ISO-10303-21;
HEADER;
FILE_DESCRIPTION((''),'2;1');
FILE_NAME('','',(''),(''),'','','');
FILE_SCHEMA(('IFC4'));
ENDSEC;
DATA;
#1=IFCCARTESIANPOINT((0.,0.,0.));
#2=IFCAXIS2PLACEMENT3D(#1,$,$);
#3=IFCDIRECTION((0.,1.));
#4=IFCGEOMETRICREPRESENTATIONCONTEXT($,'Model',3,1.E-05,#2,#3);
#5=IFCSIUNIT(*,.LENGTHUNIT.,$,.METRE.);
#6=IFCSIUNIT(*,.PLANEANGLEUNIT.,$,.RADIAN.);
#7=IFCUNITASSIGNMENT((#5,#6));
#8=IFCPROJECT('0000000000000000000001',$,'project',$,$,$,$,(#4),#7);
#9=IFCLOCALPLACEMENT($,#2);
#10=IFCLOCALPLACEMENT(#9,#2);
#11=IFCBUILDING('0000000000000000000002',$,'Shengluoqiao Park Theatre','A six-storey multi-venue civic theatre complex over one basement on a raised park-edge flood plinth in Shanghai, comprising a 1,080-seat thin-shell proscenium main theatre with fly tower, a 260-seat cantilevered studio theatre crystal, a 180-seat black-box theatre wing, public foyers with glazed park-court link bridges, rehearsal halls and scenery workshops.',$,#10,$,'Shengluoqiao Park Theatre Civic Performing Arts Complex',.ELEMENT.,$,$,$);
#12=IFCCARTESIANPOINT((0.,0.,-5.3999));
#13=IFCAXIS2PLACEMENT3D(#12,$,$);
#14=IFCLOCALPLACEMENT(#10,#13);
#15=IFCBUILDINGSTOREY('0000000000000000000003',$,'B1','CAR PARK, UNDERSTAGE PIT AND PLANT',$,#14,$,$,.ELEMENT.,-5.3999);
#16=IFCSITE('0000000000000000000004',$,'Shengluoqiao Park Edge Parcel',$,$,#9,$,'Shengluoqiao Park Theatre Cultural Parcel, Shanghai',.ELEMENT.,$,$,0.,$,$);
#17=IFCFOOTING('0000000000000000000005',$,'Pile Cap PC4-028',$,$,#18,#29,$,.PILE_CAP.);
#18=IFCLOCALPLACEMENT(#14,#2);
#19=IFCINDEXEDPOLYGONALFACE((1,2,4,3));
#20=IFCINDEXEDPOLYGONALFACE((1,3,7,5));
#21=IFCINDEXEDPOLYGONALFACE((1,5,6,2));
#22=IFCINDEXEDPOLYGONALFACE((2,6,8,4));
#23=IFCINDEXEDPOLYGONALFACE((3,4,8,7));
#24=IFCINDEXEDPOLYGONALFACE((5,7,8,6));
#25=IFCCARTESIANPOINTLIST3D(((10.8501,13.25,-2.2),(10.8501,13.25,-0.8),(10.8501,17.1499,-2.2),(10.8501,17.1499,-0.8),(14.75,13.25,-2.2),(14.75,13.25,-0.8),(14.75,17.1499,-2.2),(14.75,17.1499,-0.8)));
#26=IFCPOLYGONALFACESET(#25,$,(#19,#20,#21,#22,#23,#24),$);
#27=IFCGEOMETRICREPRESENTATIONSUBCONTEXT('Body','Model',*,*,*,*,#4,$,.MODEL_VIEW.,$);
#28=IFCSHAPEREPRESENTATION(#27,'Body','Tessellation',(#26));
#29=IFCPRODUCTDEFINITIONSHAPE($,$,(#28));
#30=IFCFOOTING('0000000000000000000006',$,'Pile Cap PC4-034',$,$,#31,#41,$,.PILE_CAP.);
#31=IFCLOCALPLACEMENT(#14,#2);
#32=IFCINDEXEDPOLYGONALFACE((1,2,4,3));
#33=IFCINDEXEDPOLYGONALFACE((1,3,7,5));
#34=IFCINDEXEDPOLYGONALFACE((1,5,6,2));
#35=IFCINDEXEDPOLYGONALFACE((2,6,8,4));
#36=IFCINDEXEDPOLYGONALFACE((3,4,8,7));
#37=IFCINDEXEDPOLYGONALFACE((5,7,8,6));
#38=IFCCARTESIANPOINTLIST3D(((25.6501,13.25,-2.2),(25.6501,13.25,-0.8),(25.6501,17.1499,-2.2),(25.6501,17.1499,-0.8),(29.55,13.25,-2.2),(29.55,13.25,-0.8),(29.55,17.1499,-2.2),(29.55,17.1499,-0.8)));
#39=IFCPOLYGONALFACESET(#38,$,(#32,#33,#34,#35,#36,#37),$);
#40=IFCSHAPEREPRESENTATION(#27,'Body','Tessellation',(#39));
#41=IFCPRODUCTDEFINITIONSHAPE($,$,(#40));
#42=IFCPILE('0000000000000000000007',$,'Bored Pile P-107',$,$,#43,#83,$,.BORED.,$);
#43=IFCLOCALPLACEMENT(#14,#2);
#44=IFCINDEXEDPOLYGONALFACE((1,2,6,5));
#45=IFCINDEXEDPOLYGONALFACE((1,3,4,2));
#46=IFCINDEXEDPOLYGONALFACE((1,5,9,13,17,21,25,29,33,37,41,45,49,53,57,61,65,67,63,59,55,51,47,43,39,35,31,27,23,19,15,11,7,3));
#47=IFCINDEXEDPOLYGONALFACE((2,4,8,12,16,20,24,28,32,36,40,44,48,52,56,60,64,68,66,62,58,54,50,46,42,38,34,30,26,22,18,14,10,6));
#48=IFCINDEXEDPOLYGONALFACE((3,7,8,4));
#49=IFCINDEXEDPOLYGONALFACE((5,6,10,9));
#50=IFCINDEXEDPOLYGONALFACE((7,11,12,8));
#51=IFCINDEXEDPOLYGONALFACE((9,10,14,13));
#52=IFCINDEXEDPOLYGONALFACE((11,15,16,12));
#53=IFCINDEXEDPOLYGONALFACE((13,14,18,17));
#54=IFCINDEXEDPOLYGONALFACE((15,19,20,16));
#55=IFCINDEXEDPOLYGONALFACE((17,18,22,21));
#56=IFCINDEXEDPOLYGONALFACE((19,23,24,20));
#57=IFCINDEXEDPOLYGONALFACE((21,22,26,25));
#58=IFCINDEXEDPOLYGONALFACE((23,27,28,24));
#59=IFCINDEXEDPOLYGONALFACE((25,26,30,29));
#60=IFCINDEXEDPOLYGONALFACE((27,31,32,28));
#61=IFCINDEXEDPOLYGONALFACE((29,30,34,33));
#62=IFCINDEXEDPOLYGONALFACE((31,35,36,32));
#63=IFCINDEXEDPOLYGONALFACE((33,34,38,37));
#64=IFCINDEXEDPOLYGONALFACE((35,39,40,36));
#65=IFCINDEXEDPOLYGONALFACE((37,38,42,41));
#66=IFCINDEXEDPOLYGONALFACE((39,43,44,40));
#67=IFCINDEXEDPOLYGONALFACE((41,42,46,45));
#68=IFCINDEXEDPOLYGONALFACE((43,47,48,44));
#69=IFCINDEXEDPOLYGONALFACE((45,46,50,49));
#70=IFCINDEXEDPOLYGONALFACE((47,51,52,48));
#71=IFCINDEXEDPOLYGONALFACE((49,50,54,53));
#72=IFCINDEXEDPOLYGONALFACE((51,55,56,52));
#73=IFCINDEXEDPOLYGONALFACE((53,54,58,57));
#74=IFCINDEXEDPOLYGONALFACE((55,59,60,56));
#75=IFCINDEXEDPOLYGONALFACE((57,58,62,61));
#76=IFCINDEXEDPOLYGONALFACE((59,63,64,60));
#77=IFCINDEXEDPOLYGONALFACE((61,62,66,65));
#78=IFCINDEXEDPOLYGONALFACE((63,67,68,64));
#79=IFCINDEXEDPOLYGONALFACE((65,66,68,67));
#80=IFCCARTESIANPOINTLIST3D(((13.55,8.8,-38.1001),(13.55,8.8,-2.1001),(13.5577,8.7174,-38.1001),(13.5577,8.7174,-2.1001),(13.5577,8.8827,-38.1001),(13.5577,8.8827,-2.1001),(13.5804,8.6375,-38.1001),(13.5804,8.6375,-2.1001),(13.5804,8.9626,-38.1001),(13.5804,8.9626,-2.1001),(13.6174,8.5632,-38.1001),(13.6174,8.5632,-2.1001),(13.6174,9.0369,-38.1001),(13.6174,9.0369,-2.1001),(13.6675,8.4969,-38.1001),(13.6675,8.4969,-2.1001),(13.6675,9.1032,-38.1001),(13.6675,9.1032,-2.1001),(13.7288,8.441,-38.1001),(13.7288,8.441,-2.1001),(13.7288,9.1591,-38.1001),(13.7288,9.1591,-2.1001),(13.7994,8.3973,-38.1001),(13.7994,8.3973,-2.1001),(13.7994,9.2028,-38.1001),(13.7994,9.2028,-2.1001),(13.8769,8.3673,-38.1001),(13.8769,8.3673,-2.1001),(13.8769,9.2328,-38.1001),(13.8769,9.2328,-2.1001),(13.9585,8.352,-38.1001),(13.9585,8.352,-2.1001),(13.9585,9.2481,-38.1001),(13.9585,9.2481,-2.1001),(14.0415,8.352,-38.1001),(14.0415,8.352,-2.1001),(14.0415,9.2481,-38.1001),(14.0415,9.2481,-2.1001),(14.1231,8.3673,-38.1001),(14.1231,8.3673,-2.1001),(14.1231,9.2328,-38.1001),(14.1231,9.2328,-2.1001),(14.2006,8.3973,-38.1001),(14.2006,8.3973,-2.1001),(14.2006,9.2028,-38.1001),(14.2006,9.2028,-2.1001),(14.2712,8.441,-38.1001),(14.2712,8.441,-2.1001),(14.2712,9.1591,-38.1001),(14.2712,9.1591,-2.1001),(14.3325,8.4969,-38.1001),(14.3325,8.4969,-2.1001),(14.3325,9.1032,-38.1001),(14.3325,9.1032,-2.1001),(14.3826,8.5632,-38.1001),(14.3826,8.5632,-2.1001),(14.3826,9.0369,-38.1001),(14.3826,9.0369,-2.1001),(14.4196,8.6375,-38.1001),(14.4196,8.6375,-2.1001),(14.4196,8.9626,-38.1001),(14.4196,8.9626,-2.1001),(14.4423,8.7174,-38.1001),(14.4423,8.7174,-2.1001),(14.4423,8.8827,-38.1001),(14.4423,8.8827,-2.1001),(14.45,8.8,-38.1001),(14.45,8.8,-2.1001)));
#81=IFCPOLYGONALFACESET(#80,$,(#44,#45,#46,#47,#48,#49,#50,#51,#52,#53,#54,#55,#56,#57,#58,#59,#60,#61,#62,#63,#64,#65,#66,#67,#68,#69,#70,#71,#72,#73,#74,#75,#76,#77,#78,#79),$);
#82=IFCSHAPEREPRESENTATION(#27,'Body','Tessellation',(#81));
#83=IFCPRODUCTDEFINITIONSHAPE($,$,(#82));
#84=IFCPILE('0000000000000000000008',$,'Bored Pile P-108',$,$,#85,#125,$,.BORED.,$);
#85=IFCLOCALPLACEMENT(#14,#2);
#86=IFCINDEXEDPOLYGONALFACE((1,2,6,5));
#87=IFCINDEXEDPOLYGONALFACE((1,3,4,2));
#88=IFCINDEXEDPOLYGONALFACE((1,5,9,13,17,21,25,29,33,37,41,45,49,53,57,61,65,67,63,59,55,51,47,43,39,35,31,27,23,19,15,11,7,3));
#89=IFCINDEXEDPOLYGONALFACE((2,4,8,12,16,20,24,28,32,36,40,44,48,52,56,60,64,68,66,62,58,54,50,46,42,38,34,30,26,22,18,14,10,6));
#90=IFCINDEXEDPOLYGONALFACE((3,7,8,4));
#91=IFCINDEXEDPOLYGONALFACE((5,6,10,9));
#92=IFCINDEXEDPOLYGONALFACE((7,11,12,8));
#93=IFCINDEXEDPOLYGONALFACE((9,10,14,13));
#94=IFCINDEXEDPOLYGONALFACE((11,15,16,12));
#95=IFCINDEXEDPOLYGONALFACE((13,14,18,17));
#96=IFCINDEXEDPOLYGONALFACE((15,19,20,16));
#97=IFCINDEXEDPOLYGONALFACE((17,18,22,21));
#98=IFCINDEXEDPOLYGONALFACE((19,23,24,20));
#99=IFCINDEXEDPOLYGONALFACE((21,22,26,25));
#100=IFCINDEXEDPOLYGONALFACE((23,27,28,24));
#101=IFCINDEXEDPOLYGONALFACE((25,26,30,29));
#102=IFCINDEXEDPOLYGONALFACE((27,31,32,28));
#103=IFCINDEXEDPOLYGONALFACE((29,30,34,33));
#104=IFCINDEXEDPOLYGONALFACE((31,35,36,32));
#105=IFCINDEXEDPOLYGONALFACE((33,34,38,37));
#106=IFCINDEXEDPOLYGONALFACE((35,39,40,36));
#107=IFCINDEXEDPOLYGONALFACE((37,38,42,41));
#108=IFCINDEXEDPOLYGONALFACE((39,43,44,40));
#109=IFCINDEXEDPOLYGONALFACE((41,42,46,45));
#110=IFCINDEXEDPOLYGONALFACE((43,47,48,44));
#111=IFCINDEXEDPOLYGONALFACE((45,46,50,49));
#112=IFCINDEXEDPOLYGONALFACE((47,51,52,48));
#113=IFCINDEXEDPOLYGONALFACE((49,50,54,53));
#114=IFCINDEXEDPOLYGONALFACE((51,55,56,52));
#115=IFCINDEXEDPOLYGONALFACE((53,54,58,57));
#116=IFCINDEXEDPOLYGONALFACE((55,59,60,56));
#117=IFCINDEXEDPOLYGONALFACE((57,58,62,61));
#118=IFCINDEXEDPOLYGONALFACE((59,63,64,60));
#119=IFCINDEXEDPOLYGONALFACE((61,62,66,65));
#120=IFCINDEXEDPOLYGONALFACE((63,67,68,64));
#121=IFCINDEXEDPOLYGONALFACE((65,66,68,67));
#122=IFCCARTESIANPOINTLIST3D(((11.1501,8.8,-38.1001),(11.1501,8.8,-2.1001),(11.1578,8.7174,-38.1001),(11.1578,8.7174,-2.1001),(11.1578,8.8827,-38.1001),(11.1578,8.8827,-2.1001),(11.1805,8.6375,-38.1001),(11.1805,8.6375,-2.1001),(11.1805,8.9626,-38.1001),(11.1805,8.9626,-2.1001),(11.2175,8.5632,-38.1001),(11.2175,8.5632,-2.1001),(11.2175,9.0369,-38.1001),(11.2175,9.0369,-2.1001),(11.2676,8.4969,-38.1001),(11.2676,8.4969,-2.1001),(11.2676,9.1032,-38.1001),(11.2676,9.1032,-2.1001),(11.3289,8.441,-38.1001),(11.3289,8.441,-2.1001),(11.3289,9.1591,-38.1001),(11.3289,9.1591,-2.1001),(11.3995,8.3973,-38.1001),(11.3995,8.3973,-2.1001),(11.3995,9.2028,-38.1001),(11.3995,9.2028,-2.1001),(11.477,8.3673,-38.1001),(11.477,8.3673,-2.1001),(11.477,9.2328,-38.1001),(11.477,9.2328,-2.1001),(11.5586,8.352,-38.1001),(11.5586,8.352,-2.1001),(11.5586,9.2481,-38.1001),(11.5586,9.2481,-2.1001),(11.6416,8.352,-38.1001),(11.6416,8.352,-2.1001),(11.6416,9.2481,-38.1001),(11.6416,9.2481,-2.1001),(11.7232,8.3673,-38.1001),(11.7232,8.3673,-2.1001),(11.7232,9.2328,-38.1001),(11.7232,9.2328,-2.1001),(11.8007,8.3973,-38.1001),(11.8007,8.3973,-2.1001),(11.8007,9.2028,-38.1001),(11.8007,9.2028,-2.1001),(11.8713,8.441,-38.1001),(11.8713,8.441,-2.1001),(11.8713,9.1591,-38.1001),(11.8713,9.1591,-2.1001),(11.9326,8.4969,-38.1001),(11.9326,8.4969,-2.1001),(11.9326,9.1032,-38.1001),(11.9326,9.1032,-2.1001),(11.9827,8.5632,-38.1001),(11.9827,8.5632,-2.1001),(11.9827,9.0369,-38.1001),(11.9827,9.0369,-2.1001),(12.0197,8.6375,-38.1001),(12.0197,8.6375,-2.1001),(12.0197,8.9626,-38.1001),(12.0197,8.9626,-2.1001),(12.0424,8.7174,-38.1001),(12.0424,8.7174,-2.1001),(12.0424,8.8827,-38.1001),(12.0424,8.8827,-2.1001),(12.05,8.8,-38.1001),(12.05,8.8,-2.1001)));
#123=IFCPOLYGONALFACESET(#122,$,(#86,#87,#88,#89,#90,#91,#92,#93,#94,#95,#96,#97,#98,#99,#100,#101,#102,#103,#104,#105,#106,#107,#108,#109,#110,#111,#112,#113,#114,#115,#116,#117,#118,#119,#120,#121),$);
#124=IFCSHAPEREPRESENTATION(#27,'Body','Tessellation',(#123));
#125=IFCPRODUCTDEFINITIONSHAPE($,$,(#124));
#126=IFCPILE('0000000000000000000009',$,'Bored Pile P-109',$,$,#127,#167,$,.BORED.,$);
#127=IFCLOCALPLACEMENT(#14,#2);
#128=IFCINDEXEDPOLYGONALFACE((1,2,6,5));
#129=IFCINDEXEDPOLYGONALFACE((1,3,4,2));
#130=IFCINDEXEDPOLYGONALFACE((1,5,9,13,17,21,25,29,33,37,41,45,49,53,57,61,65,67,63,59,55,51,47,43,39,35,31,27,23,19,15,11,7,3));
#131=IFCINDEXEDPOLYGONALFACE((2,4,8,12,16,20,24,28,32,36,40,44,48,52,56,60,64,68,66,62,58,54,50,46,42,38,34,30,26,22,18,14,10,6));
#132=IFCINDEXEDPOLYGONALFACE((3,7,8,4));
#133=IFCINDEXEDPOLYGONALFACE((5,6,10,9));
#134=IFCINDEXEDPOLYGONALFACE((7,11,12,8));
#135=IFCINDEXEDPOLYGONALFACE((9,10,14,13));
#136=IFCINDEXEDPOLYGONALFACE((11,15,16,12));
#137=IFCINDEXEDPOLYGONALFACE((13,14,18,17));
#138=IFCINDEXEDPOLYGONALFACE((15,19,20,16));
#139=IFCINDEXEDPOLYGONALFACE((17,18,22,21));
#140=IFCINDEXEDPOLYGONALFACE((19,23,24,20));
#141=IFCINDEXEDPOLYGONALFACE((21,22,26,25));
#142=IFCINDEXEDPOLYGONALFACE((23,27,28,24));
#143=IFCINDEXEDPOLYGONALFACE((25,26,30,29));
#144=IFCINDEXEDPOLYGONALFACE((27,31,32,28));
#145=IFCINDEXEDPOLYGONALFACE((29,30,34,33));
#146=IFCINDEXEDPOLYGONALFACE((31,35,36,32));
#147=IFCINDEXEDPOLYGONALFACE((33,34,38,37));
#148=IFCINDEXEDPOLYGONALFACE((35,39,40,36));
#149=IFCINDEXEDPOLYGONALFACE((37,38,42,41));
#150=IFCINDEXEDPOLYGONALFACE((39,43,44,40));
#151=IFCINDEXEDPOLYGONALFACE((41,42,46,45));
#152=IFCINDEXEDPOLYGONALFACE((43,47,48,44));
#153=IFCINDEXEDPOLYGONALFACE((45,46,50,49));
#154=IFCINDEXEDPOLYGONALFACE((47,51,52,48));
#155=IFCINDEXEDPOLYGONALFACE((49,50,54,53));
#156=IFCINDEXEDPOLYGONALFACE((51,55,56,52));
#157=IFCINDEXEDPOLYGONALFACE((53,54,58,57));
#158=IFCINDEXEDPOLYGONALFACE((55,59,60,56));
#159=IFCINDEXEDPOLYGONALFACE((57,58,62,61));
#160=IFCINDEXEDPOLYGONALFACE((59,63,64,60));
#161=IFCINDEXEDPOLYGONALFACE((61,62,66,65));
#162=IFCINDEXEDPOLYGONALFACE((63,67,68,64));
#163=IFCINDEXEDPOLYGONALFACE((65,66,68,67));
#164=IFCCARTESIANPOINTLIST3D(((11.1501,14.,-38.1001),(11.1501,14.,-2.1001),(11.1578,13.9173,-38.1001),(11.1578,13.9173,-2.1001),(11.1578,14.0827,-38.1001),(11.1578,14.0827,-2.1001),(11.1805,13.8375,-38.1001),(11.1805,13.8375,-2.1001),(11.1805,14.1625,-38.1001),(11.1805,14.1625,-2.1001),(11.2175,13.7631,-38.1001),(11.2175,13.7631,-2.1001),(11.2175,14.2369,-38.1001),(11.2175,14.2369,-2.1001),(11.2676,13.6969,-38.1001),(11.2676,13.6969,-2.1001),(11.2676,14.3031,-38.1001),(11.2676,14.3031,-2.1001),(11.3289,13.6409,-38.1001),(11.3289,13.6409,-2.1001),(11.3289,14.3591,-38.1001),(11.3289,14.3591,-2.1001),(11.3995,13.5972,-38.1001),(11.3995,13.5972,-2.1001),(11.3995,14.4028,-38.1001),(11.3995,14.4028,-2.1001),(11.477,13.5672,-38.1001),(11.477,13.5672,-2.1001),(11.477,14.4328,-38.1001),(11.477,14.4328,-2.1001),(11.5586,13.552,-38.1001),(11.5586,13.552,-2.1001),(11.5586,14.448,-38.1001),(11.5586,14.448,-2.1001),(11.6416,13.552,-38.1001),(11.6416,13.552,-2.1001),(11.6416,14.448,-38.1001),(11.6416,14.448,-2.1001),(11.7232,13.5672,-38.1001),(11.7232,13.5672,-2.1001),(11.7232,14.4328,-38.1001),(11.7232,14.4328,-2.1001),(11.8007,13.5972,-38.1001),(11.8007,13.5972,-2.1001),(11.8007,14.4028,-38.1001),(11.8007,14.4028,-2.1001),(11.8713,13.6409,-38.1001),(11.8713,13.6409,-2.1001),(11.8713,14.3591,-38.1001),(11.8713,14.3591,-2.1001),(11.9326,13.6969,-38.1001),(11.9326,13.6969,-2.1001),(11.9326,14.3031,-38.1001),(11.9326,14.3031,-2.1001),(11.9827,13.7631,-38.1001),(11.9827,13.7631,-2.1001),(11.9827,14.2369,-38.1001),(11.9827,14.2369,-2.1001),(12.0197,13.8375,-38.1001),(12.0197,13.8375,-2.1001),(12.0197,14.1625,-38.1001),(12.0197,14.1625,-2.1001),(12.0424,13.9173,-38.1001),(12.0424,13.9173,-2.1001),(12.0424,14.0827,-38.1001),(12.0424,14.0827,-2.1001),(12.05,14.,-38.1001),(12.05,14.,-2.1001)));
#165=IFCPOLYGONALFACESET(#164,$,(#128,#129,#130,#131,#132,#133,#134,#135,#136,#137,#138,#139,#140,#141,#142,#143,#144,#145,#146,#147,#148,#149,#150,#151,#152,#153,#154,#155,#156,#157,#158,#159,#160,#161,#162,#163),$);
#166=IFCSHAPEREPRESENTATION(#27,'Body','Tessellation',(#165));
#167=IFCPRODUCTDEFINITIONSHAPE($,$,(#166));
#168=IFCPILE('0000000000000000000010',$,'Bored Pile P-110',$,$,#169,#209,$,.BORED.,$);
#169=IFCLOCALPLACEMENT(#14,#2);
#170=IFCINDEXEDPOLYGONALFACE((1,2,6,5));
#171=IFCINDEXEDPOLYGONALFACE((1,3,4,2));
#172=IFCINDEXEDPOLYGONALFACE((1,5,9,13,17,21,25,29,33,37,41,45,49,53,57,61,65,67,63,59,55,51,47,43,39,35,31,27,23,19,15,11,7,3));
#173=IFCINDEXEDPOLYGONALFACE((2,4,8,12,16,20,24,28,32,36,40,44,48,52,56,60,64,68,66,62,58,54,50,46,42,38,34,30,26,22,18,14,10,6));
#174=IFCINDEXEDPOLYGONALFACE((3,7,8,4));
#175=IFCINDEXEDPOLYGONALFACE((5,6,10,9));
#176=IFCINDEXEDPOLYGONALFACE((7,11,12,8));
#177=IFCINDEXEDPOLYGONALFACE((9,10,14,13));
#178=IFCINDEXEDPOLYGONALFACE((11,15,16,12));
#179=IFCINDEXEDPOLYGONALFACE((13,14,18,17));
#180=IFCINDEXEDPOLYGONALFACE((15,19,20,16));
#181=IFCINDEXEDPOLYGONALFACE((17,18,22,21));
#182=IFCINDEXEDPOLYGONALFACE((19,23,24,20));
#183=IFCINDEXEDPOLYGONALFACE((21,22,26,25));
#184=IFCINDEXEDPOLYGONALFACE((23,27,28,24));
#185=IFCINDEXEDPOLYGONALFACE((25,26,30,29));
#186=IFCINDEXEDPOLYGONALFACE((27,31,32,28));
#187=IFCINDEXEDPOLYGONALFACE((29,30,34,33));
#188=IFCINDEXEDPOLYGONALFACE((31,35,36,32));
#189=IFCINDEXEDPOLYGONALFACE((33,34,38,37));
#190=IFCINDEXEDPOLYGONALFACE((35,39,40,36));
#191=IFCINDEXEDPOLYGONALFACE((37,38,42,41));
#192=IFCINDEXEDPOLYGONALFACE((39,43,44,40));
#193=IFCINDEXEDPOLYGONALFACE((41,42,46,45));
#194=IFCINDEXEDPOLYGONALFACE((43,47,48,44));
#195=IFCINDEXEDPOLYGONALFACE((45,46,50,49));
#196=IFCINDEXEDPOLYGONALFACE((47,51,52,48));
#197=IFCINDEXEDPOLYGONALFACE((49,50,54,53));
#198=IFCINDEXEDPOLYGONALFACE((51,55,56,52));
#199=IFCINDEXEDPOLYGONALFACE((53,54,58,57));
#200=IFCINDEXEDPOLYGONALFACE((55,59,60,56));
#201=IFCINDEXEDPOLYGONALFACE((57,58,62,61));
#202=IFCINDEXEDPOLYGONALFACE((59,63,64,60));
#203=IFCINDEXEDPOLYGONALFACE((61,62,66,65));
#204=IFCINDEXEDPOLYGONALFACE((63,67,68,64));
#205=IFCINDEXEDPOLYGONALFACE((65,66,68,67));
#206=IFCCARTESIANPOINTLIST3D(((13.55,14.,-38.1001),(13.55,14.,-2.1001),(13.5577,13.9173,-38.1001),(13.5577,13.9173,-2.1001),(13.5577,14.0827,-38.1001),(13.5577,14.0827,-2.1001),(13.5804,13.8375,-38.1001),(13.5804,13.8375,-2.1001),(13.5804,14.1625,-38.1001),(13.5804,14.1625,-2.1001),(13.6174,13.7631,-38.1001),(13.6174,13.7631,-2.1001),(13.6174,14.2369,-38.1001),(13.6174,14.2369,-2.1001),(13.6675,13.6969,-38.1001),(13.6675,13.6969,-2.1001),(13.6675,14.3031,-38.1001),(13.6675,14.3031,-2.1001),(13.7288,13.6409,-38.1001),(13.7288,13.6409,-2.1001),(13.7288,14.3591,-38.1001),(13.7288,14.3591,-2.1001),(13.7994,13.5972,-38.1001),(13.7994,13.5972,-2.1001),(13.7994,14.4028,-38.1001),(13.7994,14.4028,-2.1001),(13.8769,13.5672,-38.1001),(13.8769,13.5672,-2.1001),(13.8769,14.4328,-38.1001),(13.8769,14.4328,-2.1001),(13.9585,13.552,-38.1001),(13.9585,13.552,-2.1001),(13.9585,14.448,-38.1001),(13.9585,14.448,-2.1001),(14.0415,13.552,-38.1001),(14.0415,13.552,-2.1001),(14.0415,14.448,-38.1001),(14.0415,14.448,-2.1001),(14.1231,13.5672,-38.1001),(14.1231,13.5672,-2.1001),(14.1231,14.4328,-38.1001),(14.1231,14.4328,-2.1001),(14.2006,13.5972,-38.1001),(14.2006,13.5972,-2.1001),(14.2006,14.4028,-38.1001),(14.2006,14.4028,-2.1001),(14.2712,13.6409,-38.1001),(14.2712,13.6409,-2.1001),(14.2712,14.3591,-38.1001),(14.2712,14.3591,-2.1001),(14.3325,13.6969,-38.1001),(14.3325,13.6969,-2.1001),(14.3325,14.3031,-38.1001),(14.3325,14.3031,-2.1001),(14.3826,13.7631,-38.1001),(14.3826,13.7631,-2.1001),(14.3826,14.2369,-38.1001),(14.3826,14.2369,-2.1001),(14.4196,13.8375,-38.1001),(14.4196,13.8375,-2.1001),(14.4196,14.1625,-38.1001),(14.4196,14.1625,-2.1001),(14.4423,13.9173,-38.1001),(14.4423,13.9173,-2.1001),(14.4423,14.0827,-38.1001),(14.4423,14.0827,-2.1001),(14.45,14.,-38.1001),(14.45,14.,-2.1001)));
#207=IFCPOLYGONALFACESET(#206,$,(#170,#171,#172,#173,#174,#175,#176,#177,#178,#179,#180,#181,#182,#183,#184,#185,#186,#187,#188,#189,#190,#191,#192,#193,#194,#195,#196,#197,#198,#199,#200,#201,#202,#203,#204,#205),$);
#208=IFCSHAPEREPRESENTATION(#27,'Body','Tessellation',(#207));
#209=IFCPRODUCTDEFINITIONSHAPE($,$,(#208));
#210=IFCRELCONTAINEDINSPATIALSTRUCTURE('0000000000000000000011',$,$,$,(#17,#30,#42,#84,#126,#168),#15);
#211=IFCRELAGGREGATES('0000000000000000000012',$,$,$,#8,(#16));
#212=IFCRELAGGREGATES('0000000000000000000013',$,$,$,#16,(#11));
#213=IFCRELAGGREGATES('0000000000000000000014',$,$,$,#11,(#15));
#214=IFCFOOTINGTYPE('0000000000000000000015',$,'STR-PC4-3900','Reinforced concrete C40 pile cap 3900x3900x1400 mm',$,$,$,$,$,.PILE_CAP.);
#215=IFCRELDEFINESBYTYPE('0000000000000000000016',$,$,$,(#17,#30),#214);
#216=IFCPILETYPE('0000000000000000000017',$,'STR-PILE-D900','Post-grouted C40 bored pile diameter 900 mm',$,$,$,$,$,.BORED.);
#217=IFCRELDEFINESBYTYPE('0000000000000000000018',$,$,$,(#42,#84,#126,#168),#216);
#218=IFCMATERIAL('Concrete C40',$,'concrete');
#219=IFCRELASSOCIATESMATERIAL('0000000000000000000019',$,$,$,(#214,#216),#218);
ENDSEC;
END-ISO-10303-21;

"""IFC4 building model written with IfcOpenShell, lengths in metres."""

from ifc_helpers import new_model, si_unit, direction, frame, origin, origin_2d, place, context, subcontext, project, spatial, rectangle, circle, extrude, material, material_profile, profile_set, type_object, element, save


model = new_model("IFC4")

# Units and contexts
model_context = context("Model", 3, precision=1e-05, world=origin(), true_north=direction((0.0, 1.0)))
body_context = subcontext(model_context, "Body", "Model", "MODEL_VIEW")
ifc_project = project(units=[si_unit("LENGTHUNIT", "METRE"), si_unit("PLANEANGLEUNIT", "RADIAN")], contexts=[model_context])

# Site, building, storey
site_placement = place(None, origin())
site = spatial("IfcSite", under=ifc_project, at=site_placement, Name="Shengluoqiao Park Edge Parcel", LongName="Shengluoqiao Park Theatre Cultural Parcel, Shanghai", CompositionType="ELEMENT", RefElevation=0.0)
building_placement = place(site_placement, origin())
building = spatial("IfcBuilding", under=site, at=building_placement, Name="Shengluoqiao Park Theatre", Description="A six-storey multi-venue civic theatre complex over one basement on a raised park-edge flood plinth in Shanghai, comprising a 1,080-seat thin-shell proscenium main theatre with fly tower, a 260-seat cantilevered studio theatre crystal, a 180-seat black-box theatre wing, public foyers with glazed park-court link bridges, rehearsal halls and scenery workshops.", LongName="Shengluoqiao Park Theatre Civic Performing Arts Complex", CompositionType="ELEMENT")
storey_placement = place(building_placement, frame((0.0, 0.0, -5.3999)))
storey = spatial("IfcBuildingStorey", under=building, at=storey_placement, Name="B1", Description="CAR PARK, UNDERSTAGE PIT AND PLANT", CompositionType="ELEMENT", Elevation=-5.3999)

# Footings
ifc_material_1 = material(Name="Concrete C40", Category="concrete")
footing_type = type_object("IfcFootingType", Name="STR-PC4-3900", Description="Reinforced concrete C40 pile cap 3900x3900x1400 mm", PredefinedType="PILE_CAP", material=ifc_material_1)
for number, where, z_axis, x_axis, name in (
    (1, (12.8, 15.2, -2.2), (0.0, 0.0, 1.0), (1.0, 0.0, 0.0), "Pile Cap PC4-028"),
    (2, (27.6001, 15.2, -2.2), (0.0, 0.0, 1.0), (1.0, 0.0, 0.0), "Pile Cap PC4-034"),
):
    element("IfcFooting", number, at=place(storey_placement, frame(where, z_axis=z_axis, x_axis=x_axis)), inside=storey, type_object=footing_type, Name=name, PredefinedType="PILE_CAP", context=body_context, shape_type="SweptSolid", body=[
        extrude(rectangle(XDim=3.8999, YDim=3.8999, at=origin_2d()), origin(), (0.0, 0.0, 1.0), 1.3999),
    ])

# Piles
ifc_material_profile_1 = material_profile(ifc_material_1, circle(Radius=0.45, at=origin_2d()), Name="BORED PILE D900")
ifc_profile_set_1 = profile_set([ifc_material_profile_1], Name="Concrete C40")
pile_type = type_object("IfcPileType", Name="STR-PILE-D900", Description="Post-grouted C40 bored pile diameter 900 mm", PredefinedType="BORED", material=ifc_profile_set_1)
for number, where, z_axis, x_axis, name in (
    (3, (14.0, 8.8, -2.1001), (0.0, 0.0, -1.0), (1.0, 0.0, 0.0), "Bored Pile P-107"),
    (4, (11.6001, 8.8, -2.1001), (0.0, 0.0, -1.0), (1.0, 0.0, 0.0), "Bored Pile P-108"),
    (5, (11.6001, 14.0, -2.1001), (0.0, 0.0, -1.0), (1.0, 0.0, 0.0), "Bored Pile P-109"),
    (6, (14.0, 14.0, -2.1001), (0.0, 0.0, -1.0), (1.0, 0.0, 0.0), "Bored Pile P-110"),
):
    element("IfcPile", number, at=place(storey_placement, frame(where, z_axis=z_axis, x_axis=x_axis)), inside=storey, type_object=pile_type, Name=name, PredefinedType="BORED", context=body_context, shape_type="SweptSolid", body=[
        extrude(circle(Radius=0.45, at=origin_2d()), origin(), (0.0, 0.0, 1.0), 36.0),
    ])

save(model, "model.ifc")
